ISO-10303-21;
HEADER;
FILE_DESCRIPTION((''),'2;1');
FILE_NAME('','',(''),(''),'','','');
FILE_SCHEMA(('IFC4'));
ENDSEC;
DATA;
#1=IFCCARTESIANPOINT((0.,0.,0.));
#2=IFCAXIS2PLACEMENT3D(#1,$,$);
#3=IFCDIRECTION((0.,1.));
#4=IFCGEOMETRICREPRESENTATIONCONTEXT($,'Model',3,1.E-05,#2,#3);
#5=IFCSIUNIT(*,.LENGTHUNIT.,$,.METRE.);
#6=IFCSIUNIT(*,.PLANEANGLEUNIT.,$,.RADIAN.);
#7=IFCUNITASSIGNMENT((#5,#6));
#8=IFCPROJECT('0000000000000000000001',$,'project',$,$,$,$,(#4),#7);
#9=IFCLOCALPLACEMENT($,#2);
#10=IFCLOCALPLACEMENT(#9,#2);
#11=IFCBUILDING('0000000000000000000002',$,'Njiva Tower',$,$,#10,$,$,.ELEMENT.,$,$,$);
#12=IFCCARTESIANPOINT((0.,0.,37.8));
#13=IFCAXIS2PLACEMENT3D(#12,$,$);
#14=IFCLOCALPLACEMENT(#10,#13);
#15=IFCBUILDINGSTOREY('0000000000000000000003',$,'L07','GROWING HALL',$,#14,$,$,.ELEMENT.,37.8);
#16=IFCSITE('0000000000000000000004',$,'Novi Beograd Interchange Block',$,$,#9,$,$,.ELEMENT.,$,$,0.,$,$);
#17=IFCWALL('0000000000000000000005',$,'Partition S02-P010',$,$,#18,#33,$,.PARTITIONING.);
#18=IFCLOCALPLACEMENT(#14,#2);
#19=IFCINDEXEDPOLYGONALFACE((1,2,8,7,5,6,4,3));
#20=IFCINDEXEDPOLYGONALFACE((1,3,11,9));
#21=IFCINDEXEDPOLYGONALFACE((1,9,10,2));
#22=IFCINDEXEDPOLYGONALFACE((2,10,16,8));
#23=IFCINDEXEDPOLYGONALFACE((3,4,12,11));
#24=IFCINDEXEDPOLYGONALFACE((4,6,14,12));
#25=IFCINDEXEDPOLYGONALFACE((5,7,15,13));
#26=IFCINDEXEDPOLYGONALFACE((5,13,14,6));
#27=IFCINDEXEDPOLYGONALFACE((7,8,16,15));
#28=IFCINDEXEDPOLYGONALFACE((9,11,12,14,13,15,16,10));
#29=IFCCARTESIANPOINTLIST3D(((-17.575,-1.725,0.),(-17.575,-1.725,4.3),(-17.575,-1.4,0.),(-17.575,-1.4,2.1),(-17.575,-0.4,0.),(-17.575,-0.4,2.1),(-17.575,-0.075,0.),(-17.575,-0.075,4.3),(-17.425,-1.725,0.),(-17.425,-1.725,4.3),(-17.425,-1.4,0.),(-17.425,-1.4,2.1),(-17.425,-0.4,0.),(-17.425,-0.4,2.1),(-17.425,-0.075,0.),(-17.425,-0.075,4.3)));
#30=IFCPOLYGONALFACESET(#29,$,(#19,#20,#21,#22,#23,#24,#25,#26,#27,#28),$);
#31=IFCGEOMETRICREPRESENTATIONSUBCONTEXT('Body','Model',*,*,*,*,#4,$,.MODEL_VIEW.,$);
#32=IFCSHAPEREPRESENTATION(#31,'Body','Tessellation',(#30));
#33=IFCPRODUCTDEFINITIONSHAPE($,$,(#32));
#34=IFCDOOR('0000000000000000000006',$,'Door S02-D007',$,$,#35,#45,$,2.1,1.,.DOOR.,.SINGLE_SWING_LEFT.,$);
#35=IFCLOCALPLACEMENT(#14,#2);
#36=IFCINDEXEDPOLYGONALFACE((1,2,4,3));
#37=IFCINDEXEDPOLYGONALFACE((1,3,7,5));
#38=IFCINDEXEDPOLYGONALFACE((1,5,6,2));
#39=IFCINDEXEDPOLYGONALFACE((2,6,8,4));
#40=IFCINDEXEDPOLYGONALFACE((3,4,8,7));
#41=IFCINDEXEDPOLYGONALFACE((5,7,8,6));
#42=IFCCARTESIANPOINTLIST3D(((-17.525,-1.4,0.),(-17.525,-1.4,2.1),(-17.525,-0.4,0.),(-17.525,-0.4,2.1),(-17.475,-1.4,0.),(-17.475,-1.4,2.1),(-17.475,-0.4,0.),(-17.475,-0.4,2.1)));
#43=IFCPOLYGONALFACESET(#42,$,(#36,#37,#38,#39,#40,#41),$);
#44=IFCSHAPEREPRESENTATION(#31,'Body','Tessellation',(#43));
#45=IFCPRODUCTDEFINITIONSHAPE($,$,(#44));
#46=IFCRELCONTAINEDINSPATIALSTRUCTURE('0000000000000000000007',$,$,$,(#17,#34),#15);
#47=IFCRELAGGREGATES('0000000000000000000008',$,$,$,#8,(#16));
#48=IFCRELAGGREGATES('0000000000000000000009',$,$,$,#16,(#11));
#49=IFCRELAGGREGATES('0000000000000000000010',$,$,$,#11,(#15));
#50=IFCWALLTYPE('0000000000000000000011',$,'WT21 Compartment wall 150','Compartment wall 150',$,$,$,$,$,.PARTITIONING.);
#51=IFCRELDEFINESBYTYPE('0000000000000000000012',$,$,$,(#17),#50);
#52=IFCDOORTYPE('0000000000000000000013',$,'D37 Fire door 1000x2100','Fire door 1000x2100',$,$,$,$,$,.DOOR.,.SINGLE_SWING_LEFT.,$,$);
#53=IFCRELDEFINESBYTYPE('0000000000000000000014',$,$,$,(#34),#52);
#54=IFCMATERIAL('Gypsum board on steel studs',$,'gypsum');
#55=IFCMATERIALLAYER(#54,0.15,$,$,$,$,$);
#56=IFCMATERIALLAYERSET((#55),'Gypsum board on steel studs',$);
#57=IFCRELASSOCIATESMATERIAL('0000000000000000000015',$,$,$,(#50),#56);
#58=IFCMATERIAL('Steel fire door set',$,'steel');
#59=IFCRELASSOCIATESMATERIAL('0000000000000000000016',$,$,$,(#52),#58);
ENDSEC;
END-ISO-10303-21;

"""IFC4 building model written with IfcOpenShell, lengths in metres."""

from ifc_helpers import new_model, si_unit, direction, frame, frame_2d, origin, place, context, subcontext, project, spatial, rectangle, extrude, material, layer, layer_set, type_object, element, fill, save


model = new_model("IFC4")

# Units and contexts
model_context = context("Model", 3, precision=1e-05, world=origin(), true_north=direction((0.0, 1.0)))
body_context = subcontext(model_context, "Body", "Model", "MODEL_VIEW")
ifc_project = project(units=[si_unit("LENGTHUNIT", "METRE"), si_unit("PLANEANGLEUNIT", "RADIAN")], contexts=[model_context])

# Site, building, storey
site_placement = place(None, origin())
site = spatial("IfcSite", under=ifc_project, at=site_placement, Name="Novi Beograd Interchange Block", CompositionType="ELEMENT", RefElevation=0.0)
building_placement = place(site_placement, origin())
building = spatial("IfcBuilding", under=site, at=building_placement, Name="Njiva Tower", CompositionType="ELEMENT")
storey_placement = place(building_placement, frame((0.0, 0.0, 37.8)))
storey = spatial("IfcBuildingStorey", under=building, at=storey_placement, Name="L07", Description="GROWING HALL", CompositionType="ELEMENT", Elevation=37.8)

# Shared definitions
ifc_material_1 = material(Name="Gypsum board on steel studs", Category="gypsum")
ifc_layer = layer(ifc_material_1, 0.15)
ifc_layer_set = layer_set([ifc_layer], Name="Gypsum board on steel studs")
wall_type = type_object("IfcWallType", Name="WT21 Compartment wall 150", Description="Compartment wall 150", PredefinedType="PARTITIONING", material=ifc_layer_set)

# Shared definitions
ifc_material_2 = material(Name="Steel fire door set", Category="steel")
door_type = type_object("IfcDoorType", Name="D37 Fire door 1000x2100", Description="Fire door 1000x2100", OperationType="SINGLE_SWING_LEFT", PredefinedType="DOOR", material=ifc_material_2)

# Wall, opening, door
wall_1_placement = place(storey_placement, frame((-17.5, -1.725, 0.0), z_axis=(0.0, 0.0, 1.0), x_axis=(0.0, 1.0, 0.0)))
wall_1 = element("IfcWall", 1, at=wall_1_placement, inside=storey, type_object=wall_type, Name="Partition S02-P010", PredefinedType="PARTITIONING", context=body_context, shape_type="SweptSolid", body=[
    extrude(rectangle(XDim=1.65, YDim=0.15, at=frame_2d((0.825, 0.0))), origin(), (0.0, 0.0, 1.0), 4.3),
])
opening_1_placement = place(wall_1_placement, frame((0.325, 0.0, 0.0)))
opening_1 = element("IfcOpeningElement", 2, at=opening_1_placement, cuts=wall_1, PredefinedType="OPENING", context=body_context, shape_type="SweptSolid", body=[
    extrude(rectangle(XDim=1.0, YDim=2.1, at=frame_2d((0.5, 1.05))), frame((0.0, 0.085, 0.0), z_axis=(0.0, -1.0, 0.0), x_axis=(1.0, 0.0, 0.0)), (0.0, 0.0, 1.0), 0.17),
])
door_1_placement = place(opening_1_placement, origin())
door_1 = element("IfcDoor", 3, at=door_1_placement, inside=storey, type_object=door_type, Name="Door S02-D007", OperationType="SINGLE_SWING_LEFT", OverallHeight=2.1, OverallWidth=1.0, PredefinedType="DOOR", context=body_context, shape_type="SweptSolid", body=[
    extrude(rectangle(XDim=1.0, YDim=2.1, at=frame_2d((0.5, 1.05))), frame((0.0, 0.025, 0.0), z_axis=(0.0, -1.0, 0.0), x_axis=(1.0, 0.0, 0.0)), (0.0, 0.0, 1.0), 0.05),
])
fill(opening_1, door_1)

save(model, "model.ifc")
